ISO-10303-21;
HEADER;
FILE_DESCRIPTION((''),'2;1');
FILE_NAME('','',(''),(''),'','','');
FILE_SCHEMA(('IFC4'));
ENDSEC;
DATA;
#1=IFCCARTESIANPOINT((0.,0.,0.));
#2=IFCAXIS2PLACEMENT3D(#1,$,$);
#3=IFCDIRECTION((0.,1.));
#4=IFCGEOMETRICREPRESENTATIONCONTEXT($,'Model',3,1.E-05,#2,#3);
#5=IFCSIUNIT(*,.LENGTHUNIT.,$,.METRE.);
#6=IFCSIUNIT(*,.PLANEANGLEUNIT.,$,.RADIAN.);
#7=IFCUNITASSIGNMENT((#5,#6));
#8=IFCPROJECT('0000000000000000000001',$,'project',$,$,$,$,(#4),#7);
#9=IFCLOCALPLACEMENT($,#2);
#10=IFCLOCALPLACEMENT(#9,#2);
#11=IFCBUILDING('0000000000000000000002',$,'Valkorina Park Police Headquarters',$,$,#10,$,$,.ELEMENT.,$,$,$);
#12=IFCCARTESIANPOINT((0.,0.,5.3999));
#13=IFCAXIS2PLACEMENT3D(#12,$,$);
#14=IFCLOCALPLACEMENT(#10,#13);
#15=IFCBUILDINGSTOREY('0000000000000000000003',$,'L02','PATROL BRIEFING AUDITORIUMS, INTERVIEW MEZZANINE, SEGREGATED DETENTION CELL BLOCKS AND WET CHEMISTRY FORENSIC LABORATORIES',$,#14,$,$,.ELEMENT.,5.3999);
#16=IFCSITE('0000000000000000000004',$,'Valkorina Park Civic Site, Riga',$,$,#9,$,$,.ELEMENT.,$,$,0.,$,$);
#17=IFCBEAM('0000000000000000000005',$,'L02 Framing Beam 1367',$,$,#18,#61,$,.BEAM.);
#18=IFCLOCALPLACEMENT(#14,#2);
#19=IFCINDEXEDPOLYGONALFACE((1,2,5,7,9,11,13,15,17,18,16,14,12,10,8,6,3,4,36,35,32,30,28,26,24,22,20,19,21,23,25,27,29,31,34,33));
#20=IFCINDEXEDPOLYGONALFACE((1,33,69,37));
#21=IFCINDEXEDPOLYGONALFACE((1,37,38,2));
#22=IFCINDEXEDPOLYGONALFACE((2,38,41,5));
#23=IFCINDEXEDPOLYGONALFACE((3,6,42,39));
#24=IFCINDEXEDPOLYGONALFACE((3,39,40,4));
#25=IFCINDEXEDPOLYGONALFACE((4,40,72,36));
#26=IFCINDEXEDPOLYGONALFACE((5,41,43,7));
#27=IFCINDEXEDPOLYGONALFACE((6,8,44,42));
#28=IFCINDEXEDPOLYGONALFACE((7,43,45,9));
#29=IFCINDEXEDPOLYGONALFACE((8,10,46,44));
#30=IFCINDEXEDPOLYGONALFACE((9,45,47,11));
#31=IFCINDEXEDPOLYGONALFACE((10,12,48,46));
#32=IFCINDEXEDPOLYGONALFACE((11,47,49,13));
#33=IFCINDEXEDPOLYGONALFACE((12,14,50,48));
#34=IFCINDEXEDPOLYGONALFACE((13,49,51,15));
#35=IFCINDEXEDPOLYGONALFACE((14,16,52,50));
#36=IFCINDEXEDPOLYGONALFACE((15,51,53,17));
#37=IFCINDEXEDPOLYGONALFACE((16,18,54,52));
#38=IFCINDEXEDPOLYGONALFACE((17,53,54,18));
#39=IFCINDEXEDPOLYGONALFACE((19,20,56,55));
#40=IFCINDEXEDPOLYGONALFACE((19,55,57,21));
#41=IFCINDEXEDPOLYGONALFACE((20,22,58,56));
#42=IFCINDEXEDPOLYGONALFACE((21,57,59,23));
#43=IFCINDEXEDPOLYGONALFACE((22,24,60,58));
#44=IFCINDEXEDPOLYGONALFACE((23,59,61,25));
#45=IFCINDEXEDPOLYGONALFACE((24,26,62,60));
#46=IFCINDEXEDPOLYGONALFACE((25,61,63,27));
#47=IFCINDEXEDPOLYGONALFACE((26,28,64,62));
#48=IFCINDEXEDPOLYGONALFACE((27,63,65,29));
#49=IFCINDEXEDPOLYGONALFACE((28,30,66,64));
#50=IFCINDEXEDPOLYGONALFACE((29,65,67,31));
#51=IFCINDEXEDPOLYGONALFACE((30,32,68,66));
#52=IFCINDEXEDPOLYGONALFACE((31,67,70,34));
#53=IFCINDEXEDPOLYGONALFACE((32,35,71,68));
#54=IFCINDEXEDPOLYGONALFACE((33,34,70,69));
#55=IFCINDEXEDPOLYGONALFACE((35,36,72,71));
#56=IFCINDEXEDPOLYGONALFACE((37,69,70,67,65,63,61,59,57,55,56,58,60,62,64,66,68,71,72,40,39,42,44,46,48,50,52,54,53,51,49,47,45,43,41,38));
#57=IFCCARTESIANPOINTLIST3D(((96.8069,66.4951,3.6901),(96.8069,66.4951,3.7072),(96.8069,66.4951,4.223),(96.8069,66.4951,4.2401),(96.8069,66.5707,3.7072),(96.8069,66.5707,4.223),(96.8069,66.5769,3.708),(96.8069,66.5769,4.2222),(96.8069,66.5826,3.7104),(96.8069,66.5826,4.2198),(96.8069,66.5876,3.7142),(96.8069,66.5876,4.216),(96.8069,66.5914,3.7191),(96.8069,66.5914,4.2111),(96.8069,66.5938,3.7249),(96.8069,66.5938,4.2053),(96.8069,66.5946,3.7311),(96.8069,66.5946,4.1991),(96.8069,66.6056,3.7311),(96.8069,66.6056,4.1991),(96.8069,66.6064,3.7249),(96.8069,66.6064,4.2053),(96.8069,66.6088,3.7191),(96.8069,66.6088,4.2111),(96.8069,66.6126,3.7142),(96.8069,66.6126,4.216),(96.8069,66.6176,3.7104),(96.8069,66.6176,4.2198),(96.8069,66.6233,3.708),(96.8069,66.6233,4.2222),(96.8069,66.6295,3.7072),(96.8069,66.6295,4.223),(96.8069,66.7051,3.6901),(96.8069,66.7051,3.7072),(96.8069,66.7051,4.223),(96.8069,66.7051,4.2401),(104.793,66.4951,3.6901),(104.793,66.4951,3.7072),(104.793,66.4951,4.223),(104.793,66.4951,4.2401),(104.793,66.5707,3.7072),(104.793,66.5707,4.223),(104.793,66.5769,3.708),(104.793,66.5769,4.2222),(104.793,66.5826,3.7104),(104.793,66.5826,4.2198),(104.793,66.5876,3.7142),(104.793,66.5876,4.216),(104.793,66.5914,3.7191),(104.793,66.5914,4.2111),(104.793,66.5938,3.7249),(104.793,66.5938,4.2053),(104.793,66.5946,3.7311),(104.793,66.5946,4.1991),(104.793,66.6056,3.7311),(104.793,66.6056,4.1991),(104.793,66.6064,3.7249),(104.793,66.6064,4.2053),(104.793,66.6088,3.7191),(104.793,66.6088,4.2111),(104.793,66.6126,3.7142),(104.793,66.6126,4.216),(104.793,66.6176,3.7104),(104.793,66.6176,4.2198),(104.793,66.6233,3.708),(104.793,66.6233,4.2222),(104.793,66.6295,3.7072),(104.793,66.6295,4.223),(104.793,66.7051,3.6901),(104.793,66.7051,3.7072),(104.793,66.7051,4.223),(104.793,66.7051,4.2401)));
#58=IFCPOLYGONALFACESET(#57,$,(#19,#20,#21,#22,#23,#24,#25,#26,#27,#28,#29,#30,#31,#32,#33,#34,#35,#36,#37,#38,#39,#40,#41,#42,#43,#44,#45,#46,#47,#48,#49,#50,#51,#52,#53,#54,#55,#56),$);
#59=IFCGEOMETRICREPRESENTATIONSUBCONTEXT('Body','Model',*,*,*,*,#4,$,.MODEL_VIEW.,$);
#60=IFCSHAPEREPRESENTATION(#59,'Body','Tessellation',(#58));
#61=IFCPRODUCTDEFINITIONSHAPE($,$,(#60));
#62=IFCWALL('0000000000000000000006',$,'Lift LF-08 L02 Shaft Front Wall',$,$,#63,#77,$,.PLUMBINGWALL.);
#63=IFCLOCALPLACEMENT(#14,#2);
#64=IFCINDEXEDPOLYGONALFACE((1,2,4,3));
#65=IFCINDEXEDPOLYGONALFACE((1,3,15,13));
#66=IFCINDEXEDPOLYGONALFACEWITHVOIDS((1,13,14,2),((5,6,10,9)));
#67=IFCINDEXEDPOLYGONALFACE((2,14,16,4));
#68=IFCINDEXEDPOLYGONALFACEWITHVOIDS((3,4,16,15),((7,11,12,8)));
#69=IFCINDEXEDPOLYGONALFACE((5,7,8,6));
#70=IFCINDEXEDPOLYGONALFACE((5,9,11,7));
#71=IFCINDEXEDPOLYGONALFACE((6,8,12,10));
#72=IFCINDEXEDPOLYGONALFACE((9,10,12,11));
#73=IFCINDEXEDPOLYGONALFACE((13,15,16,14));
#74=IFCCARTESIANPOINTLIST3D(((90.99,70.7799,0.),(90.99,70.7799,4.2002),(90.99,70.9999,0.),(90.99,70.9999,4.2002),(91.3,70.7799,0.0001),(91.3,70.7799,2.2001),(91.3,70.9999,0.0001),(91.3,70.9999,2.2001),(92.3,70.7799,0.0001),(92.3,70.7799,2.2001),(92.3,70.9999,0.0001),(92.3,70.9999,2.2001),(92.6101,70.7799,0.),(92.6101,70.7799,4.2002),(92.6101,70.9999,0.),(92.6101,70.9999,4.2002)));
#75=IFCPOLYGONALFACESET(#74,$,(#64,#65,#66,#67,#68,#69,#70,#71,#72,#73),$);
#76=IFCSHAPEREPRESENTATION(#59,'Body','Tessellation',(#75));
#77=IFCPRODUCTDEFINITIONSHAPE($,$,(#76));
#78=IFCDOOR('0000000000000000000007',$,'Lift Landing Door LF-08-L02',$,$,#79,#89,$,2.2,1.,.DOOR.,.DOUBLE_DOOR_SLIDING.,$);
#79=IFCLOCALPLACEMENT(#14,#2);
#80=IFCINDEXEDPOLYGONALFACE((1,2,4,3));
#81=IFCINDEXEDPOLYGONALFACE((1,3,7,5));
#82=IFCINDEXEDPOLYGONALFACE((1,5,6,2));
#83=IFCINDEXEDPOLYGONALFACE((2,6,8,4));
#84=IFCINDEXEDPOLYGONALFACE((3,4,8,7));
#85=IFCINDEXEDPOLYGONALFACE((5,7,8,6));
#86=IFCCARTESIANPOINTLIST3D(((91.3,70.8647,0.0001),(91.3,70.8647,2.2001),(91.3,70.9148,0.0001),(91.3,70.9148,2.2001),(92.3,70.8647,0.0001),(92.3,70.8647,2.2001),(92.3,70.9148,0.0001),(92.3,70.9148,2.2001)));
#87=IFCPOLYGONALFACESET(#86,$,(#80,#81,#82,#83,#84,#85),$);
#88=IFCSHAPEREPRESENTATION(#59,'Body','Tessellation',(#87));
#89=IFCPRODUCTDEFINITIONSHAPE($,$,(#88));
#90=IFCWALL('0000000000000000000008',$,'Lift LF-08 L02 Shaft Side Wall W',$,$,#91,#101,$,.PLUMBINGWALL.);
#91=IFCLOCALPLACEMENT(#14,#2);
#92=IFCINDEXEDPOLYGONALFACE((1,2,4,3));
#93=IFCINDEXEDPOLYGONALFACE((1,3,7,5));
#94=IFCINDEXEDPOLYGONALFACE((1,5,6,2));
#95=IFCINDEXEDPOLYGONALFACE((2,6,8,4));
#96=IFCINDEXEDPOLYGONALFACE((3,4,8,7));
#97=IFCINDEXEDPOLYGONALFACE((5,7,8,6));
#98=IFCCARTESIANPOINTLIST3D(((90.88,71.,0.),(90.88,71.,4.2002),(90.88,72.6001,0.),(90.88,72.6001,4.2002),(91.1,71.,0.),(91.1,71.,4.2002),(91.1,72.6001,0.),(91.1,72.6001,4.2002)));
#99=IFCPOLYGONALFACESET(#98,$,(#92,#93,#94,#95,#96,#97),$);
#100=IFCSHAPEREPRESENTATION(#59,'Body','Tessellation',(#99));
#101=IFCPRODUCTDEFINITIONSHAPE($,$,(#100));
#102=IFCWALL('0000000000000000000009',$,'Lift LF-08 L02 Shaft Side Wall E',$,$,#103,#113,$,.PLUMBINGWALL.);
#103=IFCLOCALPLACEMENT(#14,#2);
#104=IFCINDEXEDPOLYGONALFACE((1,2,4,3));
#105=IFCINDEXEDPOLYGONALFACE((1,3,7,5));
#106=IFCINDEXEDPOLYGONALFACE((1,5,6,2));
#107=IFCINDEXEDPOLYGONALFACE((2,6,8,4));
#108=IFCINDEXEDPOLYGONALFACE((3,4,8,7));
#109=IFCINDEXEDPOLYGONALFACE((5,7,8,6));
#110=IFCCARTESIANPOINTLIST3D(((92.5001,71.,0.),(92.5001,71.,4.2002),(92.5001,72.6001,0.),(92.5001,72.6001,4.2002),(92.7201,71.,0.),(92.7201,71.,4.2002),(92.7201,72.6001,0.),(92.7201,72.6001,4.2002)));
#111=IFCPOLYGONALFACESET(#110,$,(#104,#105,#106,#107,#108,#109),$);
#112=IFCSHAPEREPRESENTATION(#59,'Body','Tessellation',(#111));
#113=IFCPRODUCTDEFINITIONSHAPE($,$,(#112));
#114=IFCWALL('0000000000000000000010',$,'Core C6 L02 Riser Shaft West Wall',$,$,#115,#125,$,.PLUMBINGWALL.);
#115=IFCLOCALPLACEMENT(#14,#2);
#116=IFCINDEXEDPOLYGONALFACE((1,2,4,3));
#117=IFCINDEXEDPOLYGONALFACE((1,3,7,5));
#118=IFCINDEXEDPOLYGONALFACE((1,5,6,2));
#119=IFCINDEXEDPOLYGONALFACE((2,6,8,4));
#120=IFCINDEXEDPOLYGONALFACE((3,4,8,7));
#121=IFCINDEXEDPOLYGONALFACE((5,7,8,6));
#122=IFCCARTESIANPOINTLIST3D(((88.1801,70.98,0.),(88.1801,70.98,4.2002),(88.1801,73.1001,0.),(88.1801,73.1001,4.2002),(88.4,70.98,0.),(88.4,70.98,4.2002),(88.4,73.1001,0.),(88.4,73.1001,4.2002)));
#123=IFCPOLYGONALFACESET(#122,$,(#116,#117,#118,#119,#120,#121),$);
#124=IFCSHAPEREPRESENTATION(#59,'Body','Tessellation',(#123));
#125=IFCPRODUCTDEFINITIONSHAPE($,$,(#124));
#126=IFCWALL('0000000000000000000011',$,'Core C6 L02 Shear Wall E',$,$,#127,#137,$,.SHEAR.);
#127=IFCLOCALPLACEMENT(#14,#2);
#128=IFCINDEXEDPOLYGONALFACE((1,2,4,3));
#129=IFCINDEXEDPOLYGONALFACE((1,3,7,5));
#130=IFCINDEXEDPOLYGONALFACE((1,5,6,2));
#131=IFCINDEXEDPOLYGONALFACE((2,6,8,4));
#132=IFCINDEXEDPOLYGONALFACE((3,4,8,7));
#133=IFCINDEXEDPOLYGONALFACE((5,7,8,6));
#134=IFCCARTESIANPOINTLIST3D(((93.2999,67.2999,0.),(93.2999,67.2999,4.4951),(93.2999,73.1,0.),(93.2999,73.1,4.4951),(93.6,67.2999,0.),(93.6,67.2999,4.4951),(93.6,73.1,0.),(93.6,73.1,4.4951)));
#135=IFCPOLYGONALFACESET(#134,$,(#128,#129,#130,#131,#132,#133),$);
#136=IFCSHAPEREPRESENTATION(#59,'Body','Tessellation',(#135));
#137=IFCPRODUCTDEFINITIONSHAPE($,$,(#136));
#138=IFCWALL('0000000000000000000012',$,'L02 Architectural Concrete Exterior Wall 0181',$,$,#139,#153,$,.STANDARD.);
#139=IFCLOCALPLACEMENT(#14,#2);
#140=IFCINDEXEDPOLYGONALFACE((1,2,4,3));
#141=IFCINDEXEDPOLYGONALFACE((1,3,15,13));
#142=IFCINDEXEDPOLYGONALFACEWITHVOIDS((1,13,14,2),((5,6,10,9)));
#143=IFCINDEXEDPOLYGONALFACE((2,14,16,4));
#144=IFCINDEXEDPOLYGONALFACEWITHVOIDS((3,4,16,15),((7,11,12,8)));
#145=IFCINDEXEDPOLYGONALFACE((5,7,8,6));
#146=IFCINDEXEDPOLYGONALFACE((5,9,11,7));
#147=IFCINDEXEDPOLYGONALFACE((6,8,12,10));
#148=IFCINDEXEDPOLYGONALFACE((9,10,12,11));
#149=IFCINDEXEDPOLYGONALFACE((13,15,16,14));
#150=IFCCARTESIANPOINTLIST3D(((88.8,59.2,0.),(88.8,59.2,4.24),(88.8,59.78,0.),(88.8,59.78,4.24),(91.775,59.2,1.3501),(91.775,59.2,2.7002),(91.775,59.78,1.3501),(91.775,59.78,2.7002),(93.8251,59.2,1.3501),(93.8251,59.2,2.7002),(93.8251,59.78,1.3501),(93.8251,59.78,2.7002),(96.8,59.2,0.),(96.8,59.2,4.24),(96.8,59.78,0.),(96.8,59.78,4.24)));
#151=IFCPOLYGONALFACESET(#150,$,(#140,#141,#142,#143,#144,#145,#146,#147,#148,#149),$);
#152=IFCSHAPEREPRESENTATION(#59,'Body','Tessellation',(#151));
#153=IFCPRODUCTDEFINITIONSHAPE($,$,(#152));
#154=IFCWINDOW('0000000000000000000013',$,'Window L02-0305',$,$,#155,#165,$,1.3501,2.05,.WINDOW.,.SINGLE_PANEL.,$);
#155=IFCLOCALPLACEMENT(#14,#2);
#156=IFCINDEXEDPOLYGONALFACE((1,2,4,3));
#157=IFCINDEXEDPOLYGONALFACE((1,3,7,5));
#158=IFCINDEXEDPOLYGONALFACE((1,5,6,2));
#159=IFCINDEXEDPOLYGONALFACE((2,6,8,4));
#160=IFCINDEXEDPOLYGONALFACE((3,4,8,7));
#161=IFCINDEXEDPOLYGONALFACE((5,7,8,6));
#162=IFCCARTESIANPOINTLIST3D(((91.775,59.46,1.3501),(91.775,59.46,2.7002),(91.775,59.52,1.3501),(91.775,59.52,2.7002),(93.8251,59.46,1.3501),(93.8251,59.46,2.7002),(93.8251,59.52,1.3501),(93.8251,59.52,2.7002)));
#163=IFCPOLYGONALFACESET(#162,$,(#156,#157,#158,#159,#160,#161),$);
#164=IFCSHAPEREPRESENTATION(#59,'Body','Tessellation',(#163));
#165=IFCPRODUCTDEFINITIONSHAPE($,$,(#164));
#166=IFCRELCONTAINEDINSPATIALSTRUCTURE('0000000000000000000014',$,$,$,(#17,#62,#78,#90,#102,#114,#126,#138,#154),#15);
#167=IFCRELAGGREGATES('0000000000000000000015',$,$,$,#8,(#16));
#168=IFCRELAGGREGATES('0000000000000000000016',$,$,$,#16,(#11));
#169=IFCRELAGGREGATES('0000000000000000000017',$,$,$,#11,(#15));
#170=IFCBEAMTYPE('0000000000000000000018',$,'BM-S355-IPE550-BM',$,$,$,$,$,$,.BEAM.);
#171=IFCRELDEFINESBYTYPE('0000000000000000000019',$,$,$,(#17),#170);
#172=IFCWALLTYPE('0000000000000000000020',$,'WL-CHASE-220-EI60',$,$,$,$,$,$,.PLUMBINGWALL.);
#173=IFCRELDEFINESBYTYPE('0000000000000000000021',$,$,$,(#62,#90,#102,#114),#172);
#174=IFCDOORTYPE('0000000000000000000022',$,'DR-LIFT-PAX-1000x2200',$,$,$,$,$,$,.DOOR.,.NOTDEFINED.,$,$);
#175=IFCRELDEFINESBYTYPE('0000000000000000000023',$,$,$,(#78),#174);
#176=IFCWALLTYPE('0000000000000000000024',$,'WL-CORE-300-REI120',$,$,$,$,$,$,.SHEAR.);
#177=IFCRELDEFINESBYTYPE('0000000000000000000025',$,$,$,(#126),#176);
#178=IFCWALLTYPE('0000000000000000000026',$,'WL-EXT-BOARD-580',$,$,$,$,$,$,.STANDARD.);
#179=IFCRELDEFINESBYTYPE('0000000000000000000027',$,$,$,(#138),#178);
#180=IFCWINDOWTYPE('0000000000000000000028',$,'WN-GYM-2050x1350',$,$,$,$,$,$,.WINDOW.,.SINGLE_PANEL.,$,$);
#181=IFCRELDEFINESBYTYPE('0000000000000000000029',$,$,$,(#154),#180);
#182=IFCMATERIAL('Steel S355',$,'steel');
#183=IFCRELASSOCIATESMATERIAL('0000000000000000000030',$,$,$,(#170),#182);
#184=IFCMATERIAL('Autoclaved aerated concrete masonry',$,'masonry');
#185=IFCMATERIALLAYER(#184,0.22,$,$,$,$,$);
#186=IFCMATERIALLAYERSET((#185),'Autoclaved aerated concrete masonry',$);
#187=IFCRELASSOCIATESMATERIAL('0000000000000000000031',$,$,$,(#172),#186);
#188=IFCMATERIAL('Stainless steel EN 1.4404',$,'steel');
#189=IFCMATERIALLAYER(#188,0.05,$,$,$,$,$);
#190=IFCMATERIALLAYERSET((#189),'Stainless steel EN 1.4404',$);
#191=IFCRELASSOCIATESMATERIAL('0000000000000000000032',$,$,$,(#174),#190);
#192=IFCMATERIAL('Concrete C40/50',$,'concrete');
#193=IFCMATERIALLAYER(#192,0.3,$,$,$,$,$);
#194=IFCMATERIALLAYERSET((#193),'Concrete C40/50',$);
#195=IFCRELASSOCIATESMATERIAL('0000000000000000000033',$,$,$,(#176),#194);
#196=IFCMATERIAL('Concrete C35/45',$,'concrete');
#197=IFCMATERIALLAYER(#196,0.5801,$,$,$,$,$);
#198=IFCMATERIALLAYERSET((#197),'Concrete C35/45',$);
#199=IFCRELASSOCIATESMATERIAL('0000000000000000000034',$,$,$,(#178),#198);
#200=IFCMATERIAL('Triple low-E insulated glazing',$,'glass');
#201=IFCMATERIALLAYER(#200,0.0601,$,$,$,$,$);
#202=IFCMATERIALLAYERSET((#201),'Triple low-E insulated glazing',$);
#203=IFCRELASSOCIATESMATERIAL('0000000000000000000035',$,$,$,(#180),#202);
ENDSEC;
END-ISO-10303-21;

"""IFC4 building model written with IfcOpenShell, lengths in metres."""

from ifc_helpers import new_model, si_unit, direction, frame, frame_2d, origin, origin_2d, place, context, subcontext, project, spatial, rectangle, i_section, extrude, material, layer, layer_set, material_profile, profile_set, type_object, element, fill, save


model = new_model("IFC4")

# Units and contexts
model_context = context("Model", 3, precision=1e-05, world=origin(), true_north=direction((0.0, 1.0)))
body_context = subcontext(model_context, "Body", "Model", "MODEL_VIEW")
ifc_project = project(units=[si_unit("LENGTHUNIT", "METRE"), si_unit("PLANEANGLEUNIT", "RADIAN")], contexts=[model_context])

# Site, building, storey
site_placement = place(None, origin())
site = spatial("IfcSite", under=ifc_project, at=site_placement, Name="Valkorina Park Civic Site, Riga", CompositionType="ELEMENT", RefElevation=0.0)
building_placement = place(site_placement, origin())
building = spatial("IfcBuilding", under=site, at=building_placement, Name="Valkorina Park Police Headquarters", CompositionType="ELEMENT")
storey_placement = place(building_placement, frame((0.0, 0.0, 5.3999)))
storey = spatial("IfcBuildingStorey", under=building, at=storey_placement, Name="L02", Description="PATROL BRIEFING AUDITORIUMS, INTERVIEW MEZZANINE, SEGREGATED DETENTION CELL BLOCKS AND WET CHEMISTRY FORENSIC LABORATORIES", CompositionType="ELEMENT", Elevation=5.3999)

# Shared definitions
ifc_material_1 = material(Name="Steel S355", Category="steel")

# Beam
ifc_material_profile_1 = material_profile(ifc_material_1, i_section(OverallWidth=0.21, OverallDepth=0.55, WebThickness=0.011, FlangeThickness=0.0171, FilletRadius=0.0239, at=origin_2d()), Name="IPE 550")
ifc_profile_set_1 = profile_set([ifc_material_profile_1], Name="Steel S355")
beam_type_1 = type_object("IfcBeamType", Name="BM-S355-IPE550-BM", PredefinedType="BEAM", material=ifc_profile_set_1)
for number, where, z_axis, x_axis, name in (
    (1, (96.8069, 66.6001, 3.9651), (1.0, 0.0, 0.0), (0.0, 1.0, 0.0), "L02 Framing Beam 1367"),
):
    element("IfcBeam", number, at=place(storey_placement, frame(where, z_axis=z_axis, x_axis=x_axis)), inside=storey, type_object=beam_type_1, Name=name, PredefinedType="BEAM", context=body_context, shape_type="SweptSolid", body=[
        extrude(i_section(OverallWidth=0.21, OverallDepth=0.55, WebThickness=0.011, FlangeThickness=0.0171, FilletRadius=0.0239, at=origin_2d()), origin(), (0.0, 0.0, 1.0), 7.9861),
    ])

# Wall, opening, door
ifc_material_2 = material(Name="Autoclaved aerated concrete masonry", Category="masonry")
ifc_layer_1 = layer(ifc_material_2, 0.22)
ifc_layer_set_1 = layer_set([ifc_layer_1], Name="Autoclaved aerated concrete masonry")
wall_type_1 = type_object("IfcWallType", Name="WL-CHASE-220-EI60", PredefinedType="PLUMBINGWALL", material=ifc_layer_set_1)
wall_1_placement = place(storey_placement, frame((90.99, 70.8899, 0.0), z_axis=(0.0, 0.0, 1.0), x_axis=(1.0, 0.0, 0.0)))
wall_1 = element("IfcWall", 2, at=wall_1_placement, inside=storey, type_object=wall_type_1, Name="Lift LF-08 L02 Shaft Front Wall", PredefinedType="PLUMBINGWALL", context=body_context, shape_type="SweptSolid", body=[
    extrude(rectangle(XDim=1.6201, YDim=0.22, at=frame_2d((0.8101, 0.0))), origin(), (0.0, 0.0, 1.0), 4.2002),
])
opening_1_placement = place(wall_1_placement, frame((0.3101, 0.0, 0.0)))
opening_1 = element("IfcOpeningElement", 3, at=opening_1_placement, cuts=wall_1, PredefinedType="OPENING", context=body_context, shape_type="SweptSolid", body=[
    extrude(rectangle(XDim=1.0, YDim=2.2, at=frame_2d((0.5, 1.1001))), frame((0.0, 0.1201, 0.0), z_axis=(0.0, -1.0, 0.0), x_axis=(1.0, 0.0, 0.0)), (0.0, 0.0, 1.0), 0.24),
])
ifc_material_3 = material(Name="Stainless steel EN 1.4404", Category="steel")
ifc_layer_2 = layer(ifc_material_3, 0.05)
ifc_layer_set_2 = layer_set([ifc_layer_2], Name="Stainless steel EN 1.4404")
door_type = type_object("IfcDoorType", Name="DR-LIFT-PAX-1000x2200", OperationType="NOTDEFINED", PredefinedType="DOOR", material=ifc_layer_set_2)
door_placement = place(opening_1_placement, origin())
door = element("IfcDoor", 4, at=door_placement, inside=storey, type_object=door_type, Name="Lift Landing Door LF-08-L02", OperationType="DOUBLE_DOOR_SLIDING", OverallHeight=2.2, OverallWidth=1.0, PredefinedType="DOOR", context=body_context, shape_type="SweptSolid", body=[
    extrude(rectangle(XDim=1.0, YDim=2.2, at=frame_2d((0.5, 1.1001))), frame((0.0, 0.0249, 0.0), z_axis=(0.0, -1.0, 0.0), x_axis=(1.0, 0.0, 0.0)), (0.0, 0.0, 1.0), 0.05),
])
fill(opening_1, door)

# Walls
for number, where, z_axis, x_axis, name in (
    (5, (90.99, 71.0, 0.0), (0.0, 0.0, 1.0), (0.0, 1.0, 0.0), "Lift LF-08 L02 Shaft Side Wall W"),
    (6, (92.6101, 71.0, 0.0), (0.0, 0.0, 1.0), (0.0, 1.0, 0.0), "Lift LF-08 L02 Shaft Side Wall E"),
):
    element("IfcWall", number, at=place(storey_placement, frame(where, z_axis=z_axis, x_axis=x_axis)), inside=storey, type_object=wall_type_1, Name=name, PredefinedType="PLUMBINGWALL", context=body_context, shape_type="SweptSolid", body=[
        extrude(rectangle(XDim=1.6001, YDim=0.22, at=frame_2d((0.8, 0.0))), origin(), (0.0, 0.0, 1.0), 4.2002),
    ])
wall_2_placement = place(storey_placement, frame((88.29, 70.98, 0.0), z_axis=(0.0, 0.0, 1.0), x_axis=(0.0, 1.0, 0.0)))
element("IfcWall", 7, at=wall_2_placement, inside=storey, type_object=wall_type_1, Name="Core C6 L02 Riser Shaft West Wall", PredefinedType="PLUMBINGWALL", context=body_context, shape_type="SweptSolid", body=[
    extrude(rectangle(XDim=2.1201, YDim=0.22, at=frame_2d((1.0601, 0.0))), origin(), (0.0, 0.0, 1.0), 4.2002),
])
ifc_material_4 = material(Name="Concrete C40/50", Category="concrete")
ifc_layer_3 = layer(ifc_material_4, 0.3)
ifc_layer_set_3 = layer_set([ifc_layer_3], Name="Concrete C40/50")
wall_type_2 = type_object("IfcWallType", Name="WL-CORE-300-REI120", PredefinedType="SHEAR", material=ifc_layer_set_3)
wall_3_placement = place(storey_placement, frame((93.45, 67.3, 0.0), z_axis=(0.0, 0.0, 1.0), x_axis=(0.0, 1.0, 0.0)))
element("IfcWall", 8, at=wall_3_placement, inside=storey, type_object=wall_type_2, Name="Core C6 L02 Shear Wall E", PredefinedType="SHEAR", context=body_context, shape_type="SweptSolid", body=[
    extrude(rectangle(XDim=5.8, YDim=0.3, at=frame_2d((2.8999, 0.0))), origin(), (0.0, 0.0, 1.0), 4.4951),
])

# Wall, opening, window
ifc_material_5 = material(Name="Concrete C35/45", Category="concrete")
ifc_layer_4 = layer(ifc_material_5, 0.5801)
ifc_layer_set_4 = layer_set([ifc_layer_4], Name="Concrete C35/45")
wall_type_3 = type_object("IfcWallType", Name="WL-EXT-BOARD-580", PredefinedType="STANDARD", material=ifc_layer_set_4)
wall_4_placement = place(storey_placement, frame((96.8, 59.49, 0.0), z_axis=(0.0, 0.0, 1.0), x_axis=(-1.0, 0.0, 0.0)))
wall_4 = element("IfcWall", 9, at=wall_4_placement, inside=storey, type_object=wall_type_3, Name="L02 Architectural Concrete Exterior Wall 0181", PredefinedType="STANDARD", context=body_context, shape_type="SweptSolid", body=[
    extrude(rectangle(XDim=8.0, YDim=0.5801, at=frame_2d((4.0, 0.0))), origin(), (0.0, 0.0, 1.0), 4.24),
])
opening_2_placement = place(wall_4_placement, frame((2.9751, 0.0, 1.3501)))
opening_2 = element("IfcOpeningElement", 10, at=opening_2_placement, cuts=wall_4, PredefinedType="OPENING", context=body_context, shape_type="SweptSolid", body=[
    extrude(rectangle(XDim=2.05, YDim=1.3501, at=frame_2d((1.0249, 0.675))), frame((0.0, 0.3, 0.0), z_axis=(0.0, -1.0, 0.0), x_axis=(1.0, 0.0, 0.0)), (0.0, 0.0, 1.0), 0.6001),
])
ifc_material_6 = material(Name="Triple low-E insulated glazing", Category="glass")
ifc_layer_5 = layer(ifc_material_6, 0.0601)
ifc_layer_set_5 = layer_set([ifc_layer_5], Name="Triple low-E insulated glazing")
window_type_1 = type_object("IfcWindowType", Name="WN-GYM-2050x1350", PartitioningType="SINGLE_PANEL", PredefinedType="WINDOW", material=ifc_layer_set_5)
window_1_placement = place(opening_2_placement, origin())
window_1 = element("IfcWindow", 11, at=window_1_placement, inside=storey, type_object=window_type_1, Name="Window L02-0305", OverallHeight=1.3501, OverallWidth=2.05, PartitioningType="SINGLE_PANEL", PredefinedType="WINDOW", context=body_context, shape_type="SweptSolid", body=[
    extrude(rectangle(XDim=2.05, YDim=1.3501, at=frame_2d((1.0249, 0.675))), frame((0.0, 0.03, 0.0), z_axis=(0.0, -1.0, 0.0), x_axis=(1.0, 0.0, 0.0)), (0.0, 0.0, 1.0), 0.0601),
])
fill(opening_2, window_1)

save(model, "model.ifc")
